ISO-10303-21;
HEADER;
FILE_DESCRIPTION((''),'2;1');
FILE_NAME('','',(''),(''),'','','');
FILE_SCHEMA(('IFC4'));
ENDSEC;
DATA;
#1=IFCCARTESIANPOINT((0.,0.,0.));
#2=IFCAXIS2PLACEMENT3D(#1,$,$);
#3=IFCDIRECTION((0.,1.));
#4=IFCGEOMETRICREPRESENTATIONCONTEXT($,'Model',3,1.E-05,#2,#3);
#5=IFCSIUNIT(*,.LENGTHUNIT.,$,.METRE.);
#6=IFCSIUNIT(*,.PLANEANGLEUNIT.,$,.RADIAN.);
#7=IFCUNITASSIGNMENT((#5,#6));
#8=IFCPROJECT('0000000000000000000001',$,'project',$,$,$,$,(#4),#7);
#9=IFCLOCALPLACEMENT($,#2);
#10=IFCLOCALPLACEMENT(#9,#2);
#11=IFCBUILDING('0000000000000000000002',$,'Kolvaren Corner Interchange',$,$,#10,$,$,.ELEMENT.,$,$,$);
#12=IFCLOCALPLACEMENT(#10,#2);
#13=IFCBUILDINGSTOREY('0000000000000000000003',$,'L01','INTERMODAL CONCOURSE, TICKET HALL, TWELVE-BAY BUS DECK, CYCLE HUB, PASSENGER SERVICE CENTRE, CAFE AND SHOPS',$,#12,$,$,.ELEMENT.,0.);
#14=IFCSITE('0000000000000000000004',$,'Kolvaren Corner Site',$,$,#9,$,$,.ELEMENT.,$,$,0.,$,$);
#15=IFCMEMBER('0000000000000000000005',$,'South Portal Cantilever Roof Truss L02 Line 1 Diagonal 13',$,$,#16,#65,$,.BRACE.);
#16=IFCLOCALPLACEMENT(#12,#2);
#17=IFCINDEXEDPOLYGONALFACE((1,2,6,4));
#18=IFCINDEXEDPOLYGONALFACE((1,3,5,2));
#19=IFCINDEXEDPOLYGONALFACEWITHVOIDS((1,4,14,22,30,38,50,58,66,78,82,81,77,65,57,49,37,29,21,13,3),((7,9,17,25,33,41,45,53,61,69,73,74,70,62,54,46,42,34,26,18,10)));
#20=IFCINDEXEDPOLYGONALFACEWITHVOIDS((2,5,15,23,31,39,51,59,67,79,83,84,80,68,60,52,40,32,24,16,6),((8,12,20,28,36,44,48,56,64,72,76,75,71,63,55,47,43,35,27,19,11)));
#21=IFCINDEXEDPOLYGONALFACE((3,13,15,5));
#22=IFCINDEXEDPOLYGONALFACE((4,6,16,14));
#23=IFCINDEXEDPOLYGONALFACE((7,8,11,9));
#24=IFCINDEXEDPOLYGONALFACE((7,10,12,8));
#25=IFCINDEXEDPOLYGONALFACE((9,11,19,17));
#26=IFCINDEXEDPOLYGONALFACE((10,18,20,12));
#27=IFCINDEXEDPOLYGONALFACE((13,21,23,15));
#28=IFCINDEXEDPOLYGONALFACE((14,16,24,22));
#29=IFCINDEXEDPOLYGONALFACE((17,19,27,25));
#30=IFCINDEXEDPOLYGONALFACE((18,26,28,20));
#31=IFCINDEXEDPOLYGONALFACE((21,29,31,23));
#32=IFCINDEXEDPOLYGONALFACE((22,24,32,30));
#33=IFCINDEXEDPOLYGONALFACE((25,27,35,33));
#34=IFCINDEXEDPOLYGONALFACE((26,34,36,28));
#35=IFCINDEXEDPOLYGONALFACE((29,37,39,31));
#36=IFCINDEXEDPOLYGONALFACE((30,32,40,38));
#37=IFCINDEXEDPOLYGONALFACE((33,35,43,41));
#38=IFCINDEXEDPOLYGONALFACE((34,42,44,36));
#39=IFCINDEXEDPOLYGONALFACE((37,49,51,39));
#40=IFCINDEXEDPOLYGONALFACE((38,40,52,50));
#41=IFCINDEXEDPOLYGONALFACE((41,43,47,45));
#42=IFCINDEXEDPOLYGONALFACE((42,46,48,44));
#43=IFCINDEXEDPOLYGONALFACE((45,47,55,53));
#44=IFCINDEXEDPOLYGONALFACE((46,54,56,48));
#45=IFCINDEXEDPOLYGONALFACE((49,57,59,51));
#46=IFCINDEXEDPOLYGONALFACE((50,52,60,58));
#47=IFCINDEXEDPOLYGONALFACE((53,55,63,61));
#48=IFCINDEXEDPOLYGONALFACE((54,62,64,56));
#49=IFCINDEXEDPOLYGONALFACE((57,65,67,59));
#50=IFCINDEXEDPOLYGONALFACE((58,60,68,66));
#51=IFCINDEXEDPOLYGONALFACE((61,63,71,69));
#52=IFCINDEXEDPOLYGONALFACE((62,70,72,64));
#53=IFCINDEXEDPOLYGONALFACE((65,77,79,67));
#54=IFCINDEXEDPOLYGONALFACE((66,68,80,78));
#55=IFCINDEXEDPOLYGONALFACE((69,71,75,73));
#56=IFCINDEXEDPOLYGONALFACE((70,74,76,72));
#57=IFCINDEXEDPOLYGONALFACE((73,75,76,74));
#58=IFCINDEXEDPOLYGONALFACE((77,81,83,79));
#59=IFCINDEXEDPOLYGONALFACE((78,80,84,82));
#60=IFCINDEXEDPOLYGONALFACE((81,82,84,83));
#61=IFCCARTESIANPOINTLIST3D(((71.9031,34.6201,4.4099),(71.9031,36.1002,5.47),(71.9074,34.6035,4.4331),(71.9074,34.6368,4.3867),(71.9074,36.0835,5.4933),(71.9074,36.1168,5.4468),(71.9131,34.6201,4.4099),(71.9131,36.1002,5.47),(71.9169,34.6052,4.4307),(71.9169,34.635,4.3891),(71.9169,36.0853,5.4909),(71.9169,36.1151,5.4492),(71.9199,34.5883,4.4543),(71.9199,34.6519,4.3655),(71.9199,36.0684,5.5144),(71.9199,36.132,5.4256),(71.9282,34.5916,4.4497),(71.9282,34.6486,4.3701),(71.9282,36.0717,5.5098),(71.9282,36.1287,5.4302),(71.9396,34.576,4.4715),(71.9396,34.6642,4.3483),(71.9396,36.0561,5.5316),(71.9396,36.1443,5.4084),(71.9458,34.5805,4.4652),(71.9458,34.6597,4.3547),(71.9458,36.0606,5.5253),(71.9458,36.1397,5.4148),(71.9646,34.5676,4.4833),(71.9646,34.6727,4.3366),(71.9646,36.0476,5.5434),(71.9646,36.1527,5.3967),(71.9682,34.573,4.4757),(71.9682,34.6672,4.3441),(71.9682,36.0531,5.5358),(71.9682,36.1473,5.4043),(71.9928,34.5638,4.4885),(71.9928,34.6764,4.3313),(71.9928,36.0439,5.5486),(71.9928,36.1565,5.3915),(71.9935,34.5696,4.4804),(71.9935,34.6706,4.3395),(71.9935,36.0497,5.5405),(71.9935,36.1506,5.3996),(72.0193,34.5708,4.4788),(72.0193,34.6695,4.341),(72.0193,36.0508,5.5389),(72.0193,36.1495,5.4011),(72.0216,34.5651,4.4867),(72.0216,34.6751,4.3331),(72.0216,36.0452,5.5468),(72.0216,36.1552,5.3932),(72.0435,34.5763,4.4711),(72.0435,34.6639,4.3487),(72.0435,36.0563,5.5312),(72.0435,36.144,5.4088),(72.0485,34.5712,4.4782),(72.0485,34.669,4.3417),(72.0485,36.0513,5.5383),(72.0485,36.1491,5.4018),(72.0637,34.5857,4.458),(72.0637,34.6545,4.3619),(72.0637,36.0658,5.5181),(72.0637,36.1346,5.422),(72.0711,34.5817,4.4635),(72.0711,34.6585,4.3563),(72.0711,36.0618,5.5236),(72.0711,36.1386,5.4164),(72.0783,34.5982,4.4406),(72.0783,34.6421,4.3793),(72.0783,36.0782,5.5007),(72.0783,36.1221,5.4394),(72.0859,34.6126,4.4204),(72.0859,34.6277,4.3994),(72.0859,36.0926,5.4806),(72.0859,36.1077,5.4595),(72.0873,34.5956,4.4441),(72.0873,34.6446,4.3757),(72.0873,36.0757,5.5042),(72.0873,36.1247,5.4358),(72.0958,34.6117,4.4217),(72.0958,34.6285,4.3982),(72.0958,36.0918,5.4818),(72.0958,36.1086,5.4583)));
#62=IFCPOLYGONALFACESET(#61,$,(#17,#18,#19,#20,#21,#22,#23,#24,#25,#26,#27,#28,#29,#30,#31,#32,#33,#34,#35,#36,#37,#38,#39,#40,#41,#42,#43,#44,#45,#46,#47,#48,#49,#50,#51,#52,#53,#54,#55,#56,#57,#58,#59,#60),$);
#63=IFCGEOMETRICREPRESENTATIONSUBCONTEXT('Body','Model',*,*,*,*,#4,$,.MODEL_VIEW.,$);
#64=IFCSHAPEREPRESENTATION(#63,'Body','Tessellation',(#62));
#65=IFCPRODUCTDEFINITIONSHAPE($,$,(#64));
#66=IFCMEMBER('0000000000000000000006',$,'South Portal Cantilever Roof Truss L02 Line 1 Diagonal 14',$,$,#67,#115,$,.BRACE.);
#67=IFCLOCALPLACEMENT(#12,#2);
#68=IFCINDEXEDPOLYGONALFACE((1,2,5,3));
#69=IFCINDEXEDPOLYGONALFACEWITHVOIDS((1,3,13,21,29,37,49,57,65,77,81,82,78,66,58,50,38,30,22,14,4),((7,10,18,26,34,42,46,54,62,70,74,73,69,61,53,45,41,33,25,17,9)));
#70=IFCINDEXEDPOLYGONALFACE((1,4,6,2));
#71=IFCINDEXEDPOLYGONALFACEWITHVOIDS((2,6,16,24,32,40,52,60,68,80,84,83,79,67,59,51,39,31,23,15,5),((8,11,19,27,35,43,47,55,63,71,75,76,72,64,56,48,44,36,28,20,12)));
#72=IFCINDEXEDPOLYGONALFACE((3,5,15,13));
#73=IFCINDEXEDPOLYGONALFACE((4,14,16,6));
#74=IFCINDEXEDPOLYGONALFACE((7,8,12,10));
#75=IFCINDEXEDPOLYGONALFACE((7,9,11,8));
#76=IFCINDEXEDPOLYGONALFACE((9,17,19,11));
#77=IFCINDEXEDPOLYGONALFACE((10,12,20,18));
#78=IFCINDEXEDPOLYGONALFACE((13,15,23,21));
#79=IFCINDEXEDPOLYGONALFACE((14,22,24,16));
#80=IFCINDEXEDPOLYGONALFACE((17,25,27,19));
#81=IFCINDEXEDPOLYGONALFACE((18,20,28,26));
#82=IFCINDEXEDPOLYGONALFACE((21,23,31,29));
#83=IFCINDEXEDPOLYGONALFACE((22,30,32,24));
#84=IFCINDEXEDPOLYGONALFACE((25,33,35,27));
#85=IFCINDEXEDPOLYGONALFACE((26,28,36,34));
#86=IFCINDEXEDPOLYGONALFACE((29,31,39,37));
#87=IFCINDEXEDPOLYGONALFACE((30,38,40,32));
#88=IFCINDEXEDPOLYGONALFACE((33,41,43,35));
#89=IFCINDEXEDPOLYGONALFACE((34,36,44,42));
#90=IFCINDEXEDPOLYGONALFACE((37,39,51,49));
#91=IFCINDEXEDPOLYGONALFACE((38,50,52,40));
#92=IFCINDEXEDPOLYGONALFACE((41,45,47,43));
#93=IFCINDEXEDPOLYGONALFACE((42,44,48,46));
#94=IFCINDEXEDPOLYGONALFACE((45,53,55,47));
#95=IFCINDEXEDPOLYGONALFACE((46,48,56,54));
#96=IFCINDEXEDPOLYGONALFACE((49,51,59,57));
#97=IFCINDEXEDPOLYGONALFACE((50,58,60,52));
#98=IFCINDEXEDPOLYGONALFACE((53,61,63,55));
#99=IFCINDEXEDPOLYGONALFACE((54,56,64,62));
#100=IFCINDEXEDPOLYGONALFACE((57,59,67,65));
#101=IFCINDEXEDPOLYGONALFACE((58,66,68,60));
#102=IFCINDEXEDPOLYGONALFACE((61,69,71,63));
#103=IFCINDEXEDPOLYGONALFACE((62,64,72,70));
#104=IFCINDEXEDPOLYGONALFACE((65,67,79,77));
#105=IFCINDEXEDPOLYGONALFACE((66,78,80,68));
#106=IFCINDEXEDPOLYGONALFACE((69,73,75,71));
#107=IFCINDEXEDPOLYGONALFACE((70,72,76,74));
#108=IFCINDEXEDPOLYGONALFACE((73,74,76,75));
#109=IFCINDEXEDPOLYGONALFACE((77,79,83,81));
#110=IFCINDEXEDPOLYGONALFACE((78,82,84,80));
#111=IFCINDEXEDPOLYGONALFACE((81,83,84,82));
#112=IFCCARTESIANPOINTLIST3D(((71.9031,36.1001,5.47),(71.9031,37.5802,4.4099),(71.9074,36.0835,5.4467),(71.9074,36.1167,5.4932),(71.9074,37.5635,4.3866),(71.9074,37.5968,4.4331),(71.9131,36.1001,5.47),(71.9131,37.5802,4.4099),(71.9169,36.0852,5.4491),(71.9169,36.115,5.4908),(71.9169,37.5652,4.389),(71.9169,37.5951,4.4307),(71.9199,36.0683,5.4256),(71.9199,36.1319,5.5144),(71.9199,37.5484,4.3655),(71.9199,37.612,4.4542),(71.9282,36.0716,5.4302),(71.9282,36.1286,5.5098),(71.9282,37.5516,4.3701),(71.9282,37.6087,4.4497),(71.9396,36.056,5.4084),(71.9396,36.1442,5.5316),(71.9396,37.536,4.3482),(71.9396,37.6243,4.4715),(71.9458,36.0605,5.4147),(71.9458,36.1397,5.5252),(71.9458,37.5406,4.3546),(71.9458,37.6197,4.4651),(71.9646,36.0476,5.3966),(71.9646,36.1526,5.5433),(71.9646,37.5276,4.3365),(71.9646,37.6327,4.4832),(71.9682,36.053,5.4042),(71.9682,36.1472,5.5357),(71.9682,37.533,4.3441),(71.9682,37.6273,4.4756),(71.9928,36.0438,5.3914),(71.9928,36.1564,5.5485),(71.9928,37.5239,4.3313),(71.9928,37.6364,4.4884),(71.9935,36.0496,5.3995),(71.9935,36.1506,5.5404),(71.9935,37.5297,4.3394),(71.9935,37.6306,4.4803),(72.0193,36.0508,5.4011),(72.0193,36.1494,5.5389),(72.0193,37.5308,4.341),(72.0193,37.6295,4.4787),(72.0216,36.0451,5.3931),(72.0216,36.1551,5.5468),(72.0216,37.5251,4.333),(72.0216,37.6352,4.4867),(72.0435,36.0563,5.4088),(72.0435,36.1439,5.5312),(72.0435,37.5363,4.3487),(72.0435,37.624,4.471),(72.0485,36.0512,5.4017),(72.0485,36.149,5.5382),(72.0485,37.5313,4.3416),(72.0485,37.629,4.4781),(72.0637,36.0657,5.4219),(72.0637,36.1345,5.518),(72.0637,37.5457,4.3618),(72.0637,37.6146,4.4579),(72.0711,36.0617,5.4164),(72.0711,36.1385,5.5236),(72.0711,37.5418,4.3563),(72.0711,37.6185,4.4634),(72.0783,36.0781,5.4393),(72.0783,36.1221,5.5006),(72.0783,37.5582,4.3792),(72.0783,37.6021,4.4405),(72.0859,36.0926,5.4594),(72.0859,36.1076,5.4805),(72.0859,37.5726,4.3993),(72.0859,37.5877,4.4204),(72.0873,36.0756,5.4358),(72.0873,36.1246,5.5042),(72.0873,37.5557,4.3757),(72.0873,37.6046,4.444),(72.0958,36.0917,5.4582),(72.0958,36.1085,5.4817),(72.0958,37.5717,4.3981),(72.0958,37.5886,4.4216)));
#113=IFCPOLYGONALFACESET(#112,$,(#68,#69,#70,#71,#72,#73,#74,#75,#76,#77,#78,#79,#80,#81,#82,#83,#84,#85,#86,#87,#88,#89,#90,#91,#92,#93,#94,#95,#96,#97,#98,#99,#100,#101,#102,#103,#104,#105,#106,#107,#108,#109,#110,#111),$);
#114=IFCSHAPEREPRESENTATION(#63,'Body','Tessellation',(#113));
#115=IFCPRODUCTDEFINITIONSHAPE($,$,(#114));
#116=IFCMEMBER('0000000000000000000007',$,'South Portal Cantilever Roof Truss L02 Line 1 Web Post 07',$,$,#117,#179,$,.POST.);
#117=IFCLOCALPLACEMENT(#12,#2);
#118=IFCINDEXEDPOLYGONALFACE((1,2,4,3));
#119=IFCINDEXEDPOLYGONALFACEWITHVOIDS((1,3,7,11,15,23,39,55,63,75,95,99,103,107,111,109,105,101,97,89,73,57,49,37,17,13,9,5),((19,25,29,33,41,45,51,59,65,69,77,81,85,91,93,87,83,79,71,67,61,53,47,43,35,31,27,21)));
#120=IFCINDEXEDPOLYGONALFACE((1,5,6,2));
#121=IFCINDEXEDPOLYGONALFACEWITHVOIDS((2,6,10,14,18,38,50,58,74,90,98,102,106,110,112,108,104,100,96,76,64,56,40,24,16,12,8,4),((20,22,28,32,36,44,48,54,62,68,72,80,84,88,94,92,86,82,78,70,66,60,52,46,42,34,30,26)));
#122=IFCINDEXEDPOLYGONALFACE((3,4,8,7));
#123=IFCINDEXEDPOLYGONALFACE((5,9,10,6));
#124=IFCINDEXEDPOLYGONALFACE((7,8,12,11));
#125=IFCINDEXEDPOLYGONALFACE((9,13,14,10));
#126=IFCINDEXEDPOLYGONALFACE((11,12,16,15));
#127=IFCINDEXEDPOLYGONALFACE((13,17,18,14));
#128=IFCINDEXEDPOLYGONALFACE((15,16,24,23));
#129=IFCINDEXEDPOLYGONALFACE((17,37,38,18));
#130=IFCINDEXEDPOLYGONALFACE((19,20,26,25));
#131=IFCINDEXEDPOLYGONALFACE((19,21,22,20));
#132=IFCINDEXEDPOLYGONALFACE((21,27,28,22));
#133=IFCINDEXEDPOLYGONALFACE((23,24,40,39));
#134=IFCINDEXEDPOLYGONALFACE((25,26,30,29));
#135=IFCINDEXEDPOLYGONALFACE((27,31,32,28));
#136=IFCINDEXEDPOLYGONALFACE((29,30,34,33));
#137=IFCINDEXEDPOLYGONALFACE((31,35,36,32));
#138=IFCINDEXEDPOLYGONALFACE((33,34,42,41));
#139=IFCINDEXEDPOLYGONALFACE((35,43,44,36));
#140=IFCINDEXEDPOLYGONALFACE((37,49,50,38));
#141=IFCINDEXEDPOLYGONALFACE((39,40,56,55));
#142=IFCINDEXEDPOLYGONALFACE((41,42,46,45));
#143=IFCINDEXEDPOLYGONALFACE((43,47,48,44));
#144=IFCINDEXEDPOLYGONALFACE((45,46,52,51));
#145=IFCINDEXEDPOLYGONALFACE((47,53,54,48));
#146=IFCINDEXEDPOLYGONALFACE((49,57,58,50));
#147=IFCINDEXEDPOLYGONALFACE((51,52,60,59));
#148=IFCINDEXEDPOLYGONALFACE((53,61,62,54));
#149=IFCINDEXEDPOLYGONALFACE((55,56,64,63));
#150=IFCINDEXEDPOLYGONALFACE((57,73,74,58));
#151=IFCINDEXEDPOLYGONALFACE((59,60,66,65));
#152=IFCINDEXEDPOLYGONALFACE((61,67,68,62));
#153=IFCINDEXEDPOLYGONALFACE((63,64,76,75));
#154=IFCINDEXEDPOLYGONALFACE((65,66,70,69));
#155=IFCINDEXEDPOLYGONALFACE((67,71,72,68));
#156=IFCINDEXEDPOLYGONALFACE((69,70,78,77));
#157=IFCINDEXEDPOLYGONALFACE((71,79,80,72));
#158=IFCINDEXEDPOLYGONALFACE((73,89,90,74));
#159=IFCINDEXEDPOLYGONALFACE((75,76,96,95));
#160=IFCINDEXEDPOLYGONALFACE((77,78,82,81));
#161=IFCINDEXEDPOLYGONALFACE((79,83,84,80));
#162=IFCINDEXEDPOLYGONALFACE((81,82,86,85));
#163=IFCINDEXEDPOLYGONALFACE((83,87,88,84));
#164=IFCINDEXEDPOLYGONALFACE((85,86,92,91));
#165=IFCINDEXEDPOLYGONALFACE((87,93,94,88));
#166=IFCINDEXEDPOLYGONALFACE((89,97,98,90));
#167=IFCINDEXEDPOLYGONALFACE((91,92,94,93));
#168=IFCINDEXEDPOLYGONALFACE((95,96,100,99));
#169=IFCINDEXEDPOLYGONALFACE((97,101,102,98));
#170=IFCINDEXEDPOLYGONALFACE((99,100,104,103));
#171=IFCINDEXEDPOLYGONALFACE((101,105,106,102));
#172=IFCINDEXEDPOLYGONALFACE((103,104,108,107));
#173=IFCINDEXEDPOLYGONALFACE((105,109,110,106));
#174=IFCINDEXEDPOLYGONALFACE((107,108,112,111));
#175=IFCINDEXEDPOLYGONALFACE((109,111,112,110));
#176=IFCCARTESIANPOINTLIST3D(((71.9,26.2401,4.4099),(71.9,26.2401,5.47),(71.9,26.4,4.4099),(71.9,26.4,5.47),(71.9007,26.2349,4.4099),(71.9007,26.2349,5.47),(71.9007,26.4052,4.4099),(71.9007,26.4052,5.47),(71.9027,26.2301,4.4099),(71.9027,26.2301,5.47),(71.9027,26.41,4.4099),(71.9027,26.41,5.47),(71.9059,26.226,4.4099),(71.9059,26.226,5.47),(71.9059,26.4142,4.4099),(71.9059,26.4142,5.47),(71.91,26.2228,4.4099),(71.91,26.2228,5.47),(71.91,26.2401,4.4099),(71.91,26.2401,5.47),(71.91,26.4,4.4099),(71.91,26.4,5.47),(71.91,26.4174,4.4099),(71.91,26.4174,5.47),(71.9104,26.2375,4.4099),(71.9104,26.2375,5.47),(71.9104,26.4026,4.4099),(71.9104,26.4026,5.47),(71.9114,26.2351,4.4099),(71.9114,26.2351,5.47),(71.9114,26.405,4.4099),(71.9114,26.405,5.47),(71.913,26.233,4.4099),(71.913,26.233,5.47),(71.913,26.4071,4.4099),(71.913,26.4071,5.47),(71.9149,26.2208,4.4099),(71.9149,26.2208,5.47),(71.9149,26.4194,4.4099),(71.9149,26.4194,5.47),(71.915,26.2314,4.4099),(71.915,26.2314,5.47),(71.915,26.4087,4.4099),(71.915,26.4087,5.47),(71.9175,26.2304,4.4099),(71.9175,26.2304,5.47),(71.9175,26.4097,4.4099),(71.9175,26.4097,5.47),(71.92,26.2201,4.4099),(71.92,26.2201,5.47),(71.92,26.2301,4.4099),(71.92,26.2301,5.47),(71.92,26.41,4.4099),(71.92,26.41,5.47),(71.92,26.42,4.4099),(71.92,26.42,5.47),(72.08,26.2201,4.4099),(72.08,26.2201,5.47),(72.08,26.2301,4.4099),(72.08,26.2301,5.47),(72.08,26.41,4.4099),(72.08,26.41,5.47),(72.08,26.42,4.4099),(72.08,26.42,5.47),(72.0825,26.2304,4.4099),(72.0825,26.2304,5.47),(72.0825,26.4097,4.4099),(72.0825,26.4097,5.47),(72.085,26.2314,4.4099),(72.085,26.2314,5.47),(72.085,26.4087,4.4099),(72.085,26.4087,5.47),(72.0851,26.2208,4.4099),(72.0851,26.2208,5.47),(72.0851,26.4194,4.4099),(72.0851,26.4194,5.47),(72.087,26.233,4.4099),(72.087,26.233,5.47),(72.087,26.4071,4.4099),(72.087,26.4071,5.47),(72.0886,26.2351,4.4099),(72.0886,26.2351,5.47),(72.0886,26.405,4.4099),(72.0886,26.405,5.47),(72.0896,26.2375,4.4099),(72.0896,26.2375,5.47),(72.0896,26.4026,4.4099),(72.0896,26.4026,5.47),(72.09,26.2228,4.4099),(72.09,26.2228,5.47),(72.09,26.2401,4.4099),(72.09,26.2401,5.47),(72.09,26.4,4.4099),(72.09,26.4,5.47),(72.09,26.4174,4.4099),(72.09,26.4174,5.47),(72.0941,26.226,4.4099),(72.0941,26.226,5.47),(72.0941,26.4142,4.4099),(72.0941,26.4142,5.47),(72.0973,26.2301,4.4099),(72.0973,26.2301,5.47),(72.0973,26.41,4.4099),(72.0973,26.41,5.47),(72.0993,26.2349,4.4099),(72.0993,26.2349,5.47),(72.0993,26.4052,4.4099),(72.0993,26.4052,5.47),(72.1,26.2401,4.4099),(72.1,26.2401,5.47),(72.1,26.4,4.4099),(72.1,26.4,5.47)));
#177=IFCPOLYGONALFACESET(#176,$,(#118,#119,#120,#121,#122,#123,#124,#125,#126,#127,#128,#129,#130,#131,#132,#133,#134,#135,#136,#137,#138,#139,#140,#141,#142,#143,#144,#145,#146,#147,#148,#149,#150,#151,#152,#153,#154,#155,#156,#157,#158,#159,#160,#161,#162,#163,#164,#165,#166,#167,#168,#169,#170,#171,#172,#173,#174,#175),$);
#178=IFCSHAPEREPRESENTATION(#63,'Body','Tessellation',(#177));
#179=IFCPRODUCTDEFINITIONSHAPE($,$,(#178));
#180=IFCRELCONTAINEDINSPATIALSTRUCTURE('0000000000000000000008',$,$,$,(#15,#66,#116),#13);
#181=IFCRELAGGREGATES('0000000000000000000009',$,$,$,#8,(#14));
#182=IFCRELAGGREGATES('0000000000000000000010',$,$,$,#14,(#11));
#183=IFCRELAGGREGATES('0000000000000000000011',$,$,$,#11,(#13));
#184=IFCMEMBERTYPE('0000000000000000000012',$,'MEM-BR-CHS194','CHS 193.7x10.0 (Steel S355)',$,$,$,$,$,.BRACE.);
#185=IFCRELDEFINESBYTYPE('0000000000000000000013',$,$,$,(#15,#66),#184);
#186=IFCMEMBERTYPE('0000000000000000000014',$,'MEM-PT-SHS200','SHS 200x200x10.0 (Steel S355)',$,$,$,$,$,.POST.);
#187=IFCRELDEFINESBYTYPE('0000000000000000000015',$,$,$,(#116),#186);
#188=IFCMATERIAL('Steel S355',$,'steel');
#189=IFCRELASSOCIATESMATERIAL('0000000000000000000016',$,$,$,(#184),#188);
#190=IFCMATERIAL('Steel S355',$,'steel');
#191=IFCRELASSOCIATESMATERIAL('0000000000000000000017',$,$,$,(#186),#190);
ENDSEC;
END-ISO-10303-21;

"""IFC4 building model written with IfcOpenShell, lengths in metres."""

from ifc_helpers import new_model, si_unit, direction, frame, origin, origin_2d, place, context, subcontext, project, spatial, hollow_rectangle, hollow_circle, extrude, material, material_profile, profile_set, type_object, element, save


model = new_model("IFC4")

# Units and contexts
model_context = context("Model", 3, precision=1e-05, world=origin(), true_north=direction((0.0, 1.0)))
body_context = subcontext(model_context, "Body", "Model", "MODEL_VIEW")
ifc_project = project(units=[si_unit("LENGTHUNIT", "METRE"), si_unit("PLANEANGLEUNIT", "RADIAN")], contexts=[model_context])

# Site, building, storey
site_placement = place(None, origin())
site = spatial("IfcSite", under=ifc_project, at=site_placement, Name="Kolvaren Corner Site", CompositionType="ELEMENT", RefElevation=0.0)
building_placement = place(site_placement, origin())
building = spatial("IfcBuilding", under=site, at=building_placement, Name="Kolvaren Corner Interchange", CompositionType="ELEMENT")
storey_placement = place(building_placement, origin())
storey = spatial("IfcBuildingStorey", under=building, at=storey_placement, Name="L01", Description="INTERMODAL CONCOURSE, TICKET HALL, TWELVE-BAY BUS DECK, CYCLE HUB, PASSENGER SERVICE CENTRE, CAFE AND SHOPS", CompositionType="ELEMENT", Elevation=0.0)

# Members
ifc_material_1 = material(Name="Steel S355", Category="steel")
ifc_material_profile_1 = material_profile(ifc_material_1, hollow_circle(Radius=0.0969, WallThickness=0.01, at=origin_2d()), Name="CHS 193.7x10.0")
ifc_profile_set_1 = profile_set([ifc_material_profile_1], Name="Steel S355")
member_type_1 = type_object("IfcMemberType", Name="MEM-BR-CHS194", Description="CHS 193.7x10.0 (Steel S355)", PredefinedType="BRACE", material=ifc_profile_set_1)
for number, where, z_axis, x_axis, name in (
    (1, (72.0, 34.6201, 4.4099), (0.0, 0.812972, 0.582303), (-1.0, 0.0, 0.0), "South Portal Cantilever Roof Truss L02 Line 1 Diagonal 13"),
    (2, (72.0, 36.1001, 5.47), (0.0, 0.812972, -0.582303), (-1.0, 0.0, 0.0), "South Portal Cantilever Roof Truss L02 Line 1 Diagonal 14"),
):
    element("IfcMember", number, at=place(storey_placement, frame(where, z_axis=z_axis, x_axis=x_axis)), inside=storey, type_object=member_type_1, Name=name, PredefinedType="BRACE", context=body_context, shape_type="SweptSolid", body=[
        extrude(hollow_circle(Radius=0.0969, WallThickness=0.01, at=origin_2d()), origin(), (0.0, 0.0, 1.0), 1.8206),
    ])
ifc_material_2 = material(Name="Steel S355", Category="steel")
ifc_material_profile_2 = material_profile(ifc_material_2, hollow_rectangle(XDim=0.2, YDim=0.2, WallThickness=0.01, InnerFilletRadius=0.01, OuterFilletRadius=0.02, at=origin_2d()), Name="SHS 200x200x10.0")
ifc_profile_set_2 = profile_set([ifc_material_profile_2], Name="Steel S355")
member_type_2 = type_object("IfcMemberType", Name="MEM-PT-SHS200", Description="SHS 200x200x10.0 (Steel S355)", PredefinedType="POST", material=ifc_profile_set_2)
for number, where, z_axis, x_axis, name in (
    (3, (72.0, 26.3201, 4.4099), (0.0, 0.0, 1.0), (1.0, 0.0, 0.0), "South Portal Cantilever Roof Truss L02 Line 1 Web Post 07"),
):
    element("IfcMember", number, at=place(storey_placement, frame(where, z_axis=z_axis, x_axis=x_axis)), inside=storey, type_object=member_type_2, Name=name, PredefinedType="POST", context=body_context, shape_type="SweptSolid", body=[
        extrude(hollow_rectangle(XDim=0.2, YDim=0.2, WallThickness=0.01, InnerFilletRadius=0.01, OuterFilletRadius=0.02, at=origin_2d()), origin(), (0.0, 0.0, 1.0), 1.0601),
    ])

save(model, "model.ifc")
